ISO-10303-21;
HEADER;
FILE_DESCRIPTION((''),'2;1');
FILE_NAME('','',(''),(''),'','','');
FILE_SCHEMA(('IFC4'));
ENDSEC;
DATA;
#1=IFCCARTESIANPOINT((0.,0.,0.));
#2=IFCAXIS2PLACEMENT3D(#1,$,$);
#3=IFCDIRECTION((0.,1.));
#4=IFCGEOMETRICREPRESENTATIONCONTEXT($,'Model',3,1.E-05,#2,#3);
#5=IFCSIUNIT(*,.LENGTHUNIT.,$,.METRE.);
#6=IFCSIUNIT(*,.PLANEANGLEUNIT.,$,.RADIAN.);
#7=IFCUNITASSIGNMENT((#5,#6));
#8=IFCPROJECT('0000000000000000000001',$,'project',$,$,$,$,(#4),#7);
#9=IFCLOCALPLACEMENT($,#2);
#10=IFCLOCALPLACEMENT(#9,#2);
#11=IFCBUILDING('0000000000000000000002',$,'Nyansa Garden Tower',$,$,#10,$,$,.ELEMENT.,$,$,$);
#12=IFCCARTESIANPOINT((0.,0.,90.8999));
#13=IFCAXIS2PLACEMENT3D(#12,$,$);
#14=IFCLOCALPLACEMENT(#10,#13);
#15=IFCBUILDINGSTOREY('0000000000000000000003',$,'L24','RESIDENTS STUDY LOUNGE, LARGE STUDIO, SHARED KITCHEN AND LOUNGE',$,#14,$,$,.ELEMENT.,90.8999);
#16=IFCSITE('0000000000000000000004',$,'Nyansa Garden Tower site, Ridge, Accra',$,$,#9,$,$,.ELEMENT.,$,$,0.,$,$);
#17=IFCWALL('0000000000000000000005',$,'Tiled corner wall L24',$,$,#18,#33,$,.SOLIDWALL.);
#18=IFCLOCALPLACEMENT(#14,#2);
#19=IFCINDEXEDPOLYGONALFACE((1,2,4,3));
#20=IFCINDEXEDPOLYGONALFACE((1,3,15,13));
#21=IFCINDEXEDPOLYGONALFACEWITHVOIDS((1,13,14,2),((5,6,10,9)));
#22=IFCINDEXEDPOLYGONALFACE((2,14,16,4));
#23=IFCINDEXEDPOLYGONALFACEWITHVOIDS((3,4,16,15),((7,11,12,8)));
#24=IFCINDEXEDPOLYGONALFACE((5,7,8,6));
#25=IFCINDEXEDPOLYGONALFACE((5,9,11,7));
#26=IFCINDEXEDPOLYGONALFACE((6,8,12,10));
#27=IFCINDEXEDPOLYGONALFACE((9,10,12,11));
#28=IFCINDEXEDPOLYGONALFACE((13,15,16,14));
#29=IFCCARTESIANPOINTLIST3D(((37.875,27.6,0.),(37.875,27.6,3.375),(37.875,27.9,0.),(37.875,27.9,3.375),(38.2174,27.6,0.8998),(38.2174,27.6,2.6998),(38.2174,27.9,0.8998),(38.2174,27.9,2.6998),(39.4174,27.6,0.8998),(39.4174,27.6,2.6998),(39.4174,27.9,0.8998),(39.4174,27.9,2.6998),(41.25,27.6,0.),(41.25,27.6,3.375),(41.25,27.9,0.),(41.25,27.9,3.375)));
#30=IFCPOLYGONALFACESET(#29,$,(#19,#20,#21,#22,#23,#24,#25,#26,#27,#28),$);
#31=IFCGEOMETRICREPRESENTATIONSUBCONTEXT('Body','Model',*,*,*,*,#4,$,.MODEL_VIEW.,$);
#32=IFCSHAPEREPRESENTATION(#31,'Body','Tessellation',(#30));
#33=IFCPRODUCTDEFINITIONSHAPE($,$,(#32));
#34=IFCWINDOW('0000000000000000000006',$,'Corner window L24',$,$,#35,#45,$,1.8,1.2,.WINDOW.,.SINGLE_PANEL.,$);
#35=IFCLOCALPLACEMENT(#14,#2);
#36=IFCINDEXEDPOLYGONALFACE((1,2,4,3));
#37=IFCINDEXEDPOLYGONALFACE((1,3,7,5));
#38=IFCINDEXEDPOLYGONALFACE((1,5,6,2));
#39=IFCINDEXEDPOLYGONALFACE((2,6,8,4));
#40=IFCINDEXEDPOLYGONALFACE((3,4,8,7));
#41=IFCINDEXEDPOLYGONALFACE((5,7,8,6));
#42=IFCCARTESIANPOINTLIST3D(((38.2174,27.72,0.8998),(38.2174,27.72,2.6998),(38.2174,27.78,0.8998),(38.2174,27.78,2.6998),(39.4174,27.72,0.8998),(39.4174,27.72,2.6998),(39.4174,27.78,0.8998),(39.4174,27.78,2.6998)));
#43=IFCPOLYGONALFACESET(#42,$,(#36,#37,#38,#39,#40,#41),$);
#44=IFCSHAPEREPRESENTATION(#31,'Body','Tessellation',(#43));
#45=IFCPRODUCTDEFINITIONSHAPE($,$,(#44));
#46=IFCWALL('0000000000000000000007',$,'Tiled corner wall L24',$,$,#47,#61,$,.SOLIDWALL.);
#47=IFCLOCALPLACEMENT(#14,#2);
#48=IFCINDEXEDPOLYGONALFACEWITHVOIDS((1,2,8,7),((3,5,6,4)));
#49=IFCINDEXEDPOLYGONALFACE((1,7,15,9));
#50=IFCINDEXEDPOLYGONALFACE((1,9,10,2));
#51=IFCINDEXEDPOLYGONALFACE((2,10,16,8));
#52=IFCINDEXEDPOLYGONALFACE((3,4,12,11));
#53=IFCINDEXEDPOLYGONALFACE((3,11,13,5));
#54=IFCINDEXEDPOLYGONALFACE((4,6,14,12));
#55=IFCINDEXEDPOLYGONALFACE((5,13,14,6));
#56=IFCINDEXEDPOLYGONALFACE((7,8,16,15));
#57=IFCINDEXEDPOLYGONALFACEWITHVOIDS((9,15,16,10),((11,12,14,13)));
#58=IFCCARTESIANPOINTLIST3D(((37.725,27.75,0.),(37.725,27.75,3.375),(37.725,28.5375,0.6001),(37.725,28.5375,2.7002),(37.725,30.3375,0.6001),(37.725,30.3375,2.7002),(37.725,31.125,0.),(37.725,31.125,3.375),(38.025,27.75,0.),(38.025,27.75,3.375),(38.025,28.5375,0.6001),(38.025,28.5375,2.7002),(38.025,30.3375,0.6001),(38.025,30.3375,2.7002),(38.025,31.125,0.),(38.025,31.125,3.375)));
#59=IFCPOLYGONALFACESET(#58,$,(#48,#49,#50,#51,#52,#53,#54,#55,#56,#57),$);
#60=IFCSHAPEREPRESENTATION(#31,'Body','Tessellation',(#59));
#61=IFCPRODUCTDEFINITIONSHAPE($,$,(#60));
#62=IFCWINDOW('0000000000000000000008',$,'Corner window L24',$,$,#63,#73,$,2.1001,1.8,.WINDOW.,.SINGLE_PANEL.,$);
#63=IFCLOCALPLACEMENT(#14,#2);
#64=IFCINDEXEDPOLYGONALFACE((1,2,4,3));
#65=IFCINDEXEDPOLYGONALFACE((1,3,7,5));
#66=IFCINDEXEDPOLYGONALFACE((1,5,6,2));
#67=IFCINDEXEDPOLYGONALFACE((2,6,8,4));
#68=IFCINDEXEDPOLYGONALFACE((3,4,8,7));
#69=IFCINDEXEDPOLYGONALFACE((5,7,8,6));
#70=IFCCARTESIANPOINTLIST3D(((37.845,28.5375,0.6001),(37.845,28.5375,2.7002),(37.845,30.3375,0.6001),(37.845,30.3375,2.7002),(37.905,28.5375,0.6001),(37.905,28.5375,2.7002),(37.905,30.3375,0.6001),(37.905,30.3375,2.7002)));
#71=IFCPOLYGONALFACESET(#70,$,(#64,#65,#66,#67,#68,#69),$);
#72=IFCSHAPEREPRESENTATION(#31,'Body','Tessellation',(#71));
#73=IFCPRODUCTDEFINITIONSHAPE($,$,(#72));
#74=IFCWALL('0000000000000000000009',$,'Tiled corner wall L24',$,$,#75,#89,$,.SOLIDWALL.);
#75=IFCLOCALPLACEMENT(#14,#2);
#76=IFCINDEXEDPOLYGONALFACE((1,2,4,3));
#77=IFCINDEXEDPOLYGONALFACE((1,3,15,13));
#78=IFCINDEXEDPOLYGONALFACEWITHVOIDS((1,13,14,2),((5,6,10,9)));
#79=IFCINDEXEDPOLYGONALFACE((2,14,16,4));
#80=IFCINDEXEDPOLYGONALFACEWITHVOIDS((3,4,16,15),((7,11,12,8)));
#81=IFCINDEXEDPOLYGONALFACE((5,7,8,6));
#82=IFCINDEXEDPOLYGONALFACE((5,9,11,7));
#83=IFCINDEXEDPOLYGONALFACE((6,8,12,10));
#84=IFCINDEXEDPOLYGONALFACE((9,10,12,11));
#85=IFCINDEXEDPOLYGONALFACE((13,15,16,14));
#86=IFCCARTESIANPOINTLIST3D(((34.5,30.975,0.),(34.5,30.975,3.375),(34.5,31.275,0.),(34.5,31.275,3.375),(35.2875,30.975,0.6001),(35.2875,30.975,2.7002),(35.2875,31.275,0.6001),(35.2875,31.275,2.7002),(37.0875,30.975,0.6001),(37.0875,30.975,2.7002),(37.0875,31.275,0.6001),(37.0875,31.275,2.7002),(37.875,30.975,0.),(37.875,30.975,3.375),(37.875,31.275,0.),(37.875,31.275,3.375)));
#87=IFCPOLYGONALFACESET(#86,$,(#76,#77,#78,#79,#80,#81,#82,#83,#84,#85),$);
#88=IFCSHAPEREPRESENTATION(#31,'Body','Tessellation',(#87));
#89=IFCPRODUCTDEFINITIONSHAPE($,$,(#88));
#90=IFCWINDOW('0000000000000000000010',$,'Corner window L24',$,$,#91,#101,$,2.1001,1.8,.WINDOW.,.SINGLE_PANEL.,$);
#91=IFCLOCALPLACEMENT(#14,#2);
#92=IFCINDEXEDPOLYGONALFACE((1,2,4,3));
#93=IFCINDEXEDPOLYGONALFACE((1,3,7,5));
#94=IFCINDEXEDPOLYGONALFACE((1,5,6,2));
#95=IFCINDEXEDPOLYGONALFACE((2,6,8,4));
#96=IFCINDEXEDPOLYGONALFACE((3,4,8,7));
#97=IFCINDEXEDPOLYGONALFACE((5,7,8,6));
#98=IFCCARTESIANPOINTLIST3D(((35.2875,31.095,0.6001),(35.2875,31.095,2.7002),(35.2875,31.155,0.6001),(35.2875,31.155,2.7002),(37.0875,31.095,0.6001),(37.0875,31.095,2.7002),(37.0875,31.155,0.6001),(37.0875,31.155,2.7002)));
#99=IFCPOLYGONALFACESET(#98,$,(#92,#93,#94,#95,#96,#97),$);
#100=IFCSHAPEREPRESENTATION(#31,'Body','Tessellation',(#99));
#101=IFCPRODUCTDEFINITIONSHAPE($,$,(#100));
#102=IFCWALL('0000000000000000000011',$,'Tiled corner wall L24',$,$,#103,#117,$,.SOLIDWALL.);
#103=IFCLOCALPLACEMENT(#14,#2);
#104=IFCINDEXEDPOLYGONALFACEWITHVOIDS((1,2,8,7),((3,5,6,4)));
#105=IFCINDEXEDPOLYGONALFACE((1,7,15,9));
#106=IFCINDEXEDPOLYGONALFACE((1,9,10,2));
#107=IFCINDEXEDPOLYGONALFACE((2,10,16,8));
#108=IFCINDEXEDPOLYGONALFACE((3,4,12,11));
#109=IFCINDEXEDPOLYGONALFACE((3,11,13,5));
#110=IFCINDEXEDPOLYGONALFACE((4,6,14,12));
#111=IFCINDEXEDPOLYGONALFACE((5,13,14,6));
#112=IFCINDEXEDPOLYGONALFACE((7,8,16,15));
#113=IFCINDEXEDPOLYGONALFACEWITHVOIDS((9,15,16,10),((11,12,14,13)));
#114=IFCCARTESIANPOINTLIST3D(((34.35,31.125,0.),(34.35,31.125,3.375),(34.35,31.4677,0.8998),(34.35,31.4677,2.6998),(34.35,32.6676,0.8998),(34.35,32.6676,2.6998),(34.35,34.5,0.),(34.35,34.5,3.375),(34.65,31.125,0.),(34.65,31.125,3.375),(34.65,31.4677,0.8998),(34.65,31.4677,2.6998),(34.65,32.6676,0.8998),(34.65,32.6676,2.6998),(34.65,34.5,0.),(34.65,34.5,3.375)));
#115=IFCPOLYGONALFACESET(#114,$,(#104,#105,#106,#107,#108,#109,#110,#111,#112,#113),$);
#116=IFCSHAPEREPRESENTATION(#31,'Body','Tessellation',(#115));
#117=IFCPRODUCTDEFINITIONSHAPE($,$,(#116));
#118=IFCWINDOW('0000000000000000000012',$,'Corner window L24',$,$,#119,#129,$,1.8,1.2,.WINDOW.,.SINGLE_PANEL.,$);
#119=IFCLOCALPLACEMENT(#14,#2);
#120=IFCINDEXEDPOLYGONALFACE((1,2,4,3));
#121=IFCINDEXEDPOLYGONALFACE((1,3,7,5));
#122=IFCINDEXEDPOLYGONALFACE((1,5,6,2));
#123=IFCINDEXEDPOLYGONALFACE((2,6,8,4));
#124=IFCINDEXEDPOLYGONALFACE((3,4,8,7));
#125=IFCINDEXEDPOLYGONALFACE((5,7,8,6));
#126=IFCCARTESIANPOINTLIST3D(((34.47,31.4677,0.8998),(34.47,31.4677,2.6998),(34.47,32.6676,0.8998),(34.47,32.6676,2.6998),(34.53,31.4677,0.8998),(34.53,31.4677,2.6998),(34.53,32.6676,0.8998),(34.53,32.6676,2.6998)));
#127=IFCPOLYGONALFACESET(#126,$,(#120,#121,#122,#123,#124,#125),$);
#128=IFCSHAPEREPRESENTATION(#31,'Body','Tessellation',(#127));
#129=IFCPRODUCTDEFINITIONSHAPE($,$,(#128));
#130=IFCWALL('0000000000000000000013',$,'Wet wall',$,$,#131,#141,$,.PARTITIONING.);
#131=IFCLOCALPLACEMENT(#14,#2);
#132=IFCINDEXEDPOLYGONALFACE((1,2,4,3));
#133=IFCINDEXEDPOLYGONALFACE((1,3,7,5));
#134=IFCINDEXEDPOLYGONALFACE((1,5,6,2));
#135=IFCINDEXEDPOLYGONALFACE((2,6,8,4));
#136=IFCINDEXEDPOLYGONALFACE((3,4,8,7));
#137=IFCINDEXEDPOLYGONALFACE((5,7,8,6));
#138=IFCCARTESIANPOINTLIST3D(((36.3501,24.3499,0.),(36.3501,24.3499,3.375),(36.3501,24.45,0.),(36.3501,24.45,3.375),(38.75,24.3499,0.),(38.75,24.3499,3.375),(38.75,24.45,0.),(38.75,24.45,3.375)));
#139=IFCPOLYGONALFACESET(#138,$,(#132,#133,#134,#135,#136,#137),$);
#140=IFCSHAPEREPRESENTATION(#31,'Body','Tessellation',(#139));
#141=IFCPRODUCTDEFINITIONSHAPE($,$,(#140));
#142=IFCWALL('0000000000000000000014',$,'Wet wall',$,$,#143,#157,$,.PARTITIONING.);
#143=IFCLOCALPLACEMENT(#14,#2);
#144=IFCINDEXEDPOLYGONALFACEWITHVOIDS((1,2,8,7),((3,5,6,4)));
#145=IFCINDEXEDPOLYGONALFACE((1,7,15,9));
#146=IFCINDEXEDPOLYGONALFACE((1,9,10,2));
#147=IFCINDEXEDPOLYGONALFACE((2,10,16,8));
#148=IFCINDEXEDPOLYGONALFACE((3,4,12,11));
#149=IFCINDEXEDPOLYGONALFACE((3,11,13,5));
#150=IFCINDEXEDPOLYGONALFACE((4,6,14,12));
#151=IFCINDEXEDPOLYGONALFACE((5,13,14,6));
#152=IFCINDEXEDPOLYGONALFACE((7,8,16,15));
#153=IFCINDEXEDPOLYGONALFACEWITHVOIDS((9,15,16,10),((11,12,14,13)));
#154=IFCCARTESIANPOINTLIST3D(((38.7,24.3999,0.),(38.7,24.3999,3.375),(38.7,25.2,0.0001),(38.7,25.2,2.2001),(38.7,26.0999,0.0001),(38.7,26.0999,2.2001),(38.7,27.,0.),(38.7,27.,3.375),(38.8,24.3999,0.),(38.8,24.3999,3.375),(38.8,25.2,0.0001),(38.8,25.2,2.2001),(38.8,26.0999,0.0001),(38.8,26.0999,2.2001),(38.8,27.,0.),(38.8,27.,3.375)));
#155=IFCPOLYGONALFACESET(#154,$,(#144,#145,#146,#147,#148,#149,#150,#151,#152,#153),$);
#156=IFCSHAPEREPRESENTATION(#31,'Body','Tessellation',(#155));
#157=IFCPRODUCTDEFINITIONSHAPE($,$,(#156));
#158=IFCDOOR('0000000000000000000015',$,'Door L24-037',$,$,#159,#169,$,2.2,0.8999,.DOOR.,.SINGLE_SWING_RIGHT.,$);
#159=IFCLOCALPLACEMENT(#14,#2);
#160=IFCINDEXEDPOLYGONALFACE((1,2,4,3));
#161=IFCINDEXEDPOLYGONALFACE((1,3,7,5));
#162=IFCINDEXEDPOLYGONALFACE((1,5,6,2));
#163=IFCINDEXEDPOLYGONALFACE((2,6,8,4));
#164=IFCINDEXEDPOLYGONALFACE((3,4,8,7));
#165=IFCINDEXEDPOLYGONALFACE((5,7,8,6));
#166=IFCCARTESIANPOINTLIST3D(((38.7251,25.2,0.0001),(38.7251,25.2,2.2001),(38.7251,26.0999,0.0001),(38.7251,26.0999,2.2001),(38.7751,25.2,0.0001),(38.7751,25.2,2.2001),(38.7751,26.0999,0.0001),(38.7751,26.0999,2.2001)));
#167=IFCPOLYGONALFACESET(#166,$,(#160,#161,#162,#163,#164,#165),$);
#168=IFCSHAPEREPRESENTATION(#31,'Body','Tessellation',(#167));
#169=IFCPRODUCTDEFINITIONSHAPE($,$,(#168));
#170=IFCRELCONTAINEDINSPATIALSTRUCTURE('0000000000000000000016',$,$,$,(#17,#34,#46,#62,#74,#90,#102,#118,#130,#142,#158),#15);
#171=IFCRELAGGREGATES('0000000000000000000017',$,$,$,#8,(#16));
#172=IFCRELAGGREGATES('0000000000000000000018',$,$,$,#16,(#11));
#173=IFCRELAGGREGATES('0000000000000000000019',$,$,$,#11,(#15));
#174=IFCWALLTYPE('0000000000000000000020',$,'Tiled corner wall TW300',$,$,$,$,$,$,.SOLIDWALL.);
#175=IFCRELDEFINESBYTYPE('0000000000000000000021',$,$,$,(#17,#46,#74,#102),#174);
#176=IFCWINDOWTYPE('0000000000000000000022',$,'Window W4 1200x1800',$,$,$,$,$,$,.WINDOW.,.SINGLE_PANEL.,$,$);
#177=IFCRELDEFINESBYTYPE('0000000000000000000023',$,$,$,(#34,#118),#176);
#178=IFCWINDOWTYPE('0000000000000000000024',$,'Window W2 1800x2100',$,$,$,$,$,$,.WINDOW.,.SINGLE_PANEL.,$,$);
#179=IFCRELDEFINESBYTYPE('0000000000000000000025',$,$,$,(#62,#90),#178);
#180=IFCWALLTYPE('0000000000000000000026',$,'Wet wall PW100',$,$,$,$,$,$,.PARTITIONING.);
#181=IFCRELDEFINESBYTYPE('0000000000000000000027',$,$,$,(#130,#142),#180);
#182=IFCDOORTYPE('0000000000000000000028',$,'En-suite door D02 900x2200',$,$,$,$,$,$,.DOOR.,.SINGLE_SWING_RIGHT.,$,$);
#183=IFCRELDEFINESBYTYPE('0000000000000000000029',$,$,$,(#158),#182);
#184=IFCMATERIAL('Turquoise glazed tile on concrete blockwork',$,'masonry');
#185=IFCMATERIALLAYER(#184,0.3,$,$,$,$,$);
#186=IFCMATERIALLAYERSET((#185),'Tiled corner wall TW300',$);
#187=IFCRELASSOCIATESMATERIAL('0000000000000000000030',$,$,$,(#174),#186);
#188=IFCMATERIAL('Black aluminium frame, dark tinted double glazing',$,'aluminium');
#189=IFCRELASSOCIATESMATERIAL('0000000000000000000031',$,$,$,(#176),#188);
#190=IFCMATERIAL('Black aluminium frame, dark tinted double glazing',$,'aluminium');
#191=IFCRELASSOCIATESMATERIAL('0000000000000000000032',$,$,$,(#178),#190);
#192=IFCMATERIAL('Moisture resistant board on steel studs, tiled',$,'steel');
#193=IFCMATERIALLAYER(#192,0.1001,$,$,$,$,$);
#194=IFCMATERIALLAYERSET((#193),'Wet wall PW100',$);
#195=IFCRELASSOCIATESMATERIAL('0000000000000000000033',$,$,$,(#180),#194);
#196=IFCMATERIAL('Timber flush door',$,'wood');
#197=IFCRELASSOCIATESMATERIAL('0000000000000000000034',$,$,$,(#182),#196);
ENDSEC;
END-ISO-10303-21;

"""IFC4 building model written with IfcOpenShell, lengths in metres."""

from ifc_helpers import new_model, si_unit, direction, frame, frame_2d, origin, place, context, subcontext, project, spatial, rectangle, extrude, material, layer, layer_set, type_object, element, fill, save


model = new_model("IFC4")

# Units and contexts
model_context = context("Model", 3, precision=1e-05, world=origin(), true_north=direction((0.0, 1.0)))
body_context = subcontext(model_context, "Body", "Model", "MODEL_VIEW")
ifc_project = project(units=[si_unit("LENGTHUNIT", "METRE"), si_unit("PLANEANGLEUNIT", "RADIAN")], contexts=[model_context])

# Site, building, storey
site_placement = place(None, origin())
site = spatial("IfcSite", under=ifc_project, at=site_placement, Name="Nyansa Garden Tower site, Ridge, Accra", CompositionType="ELEMENT", RefElevation=0.0)
building_placement = place(site_placement, origin())
building = spatial("IfcBuilding", under=site, at=building_placement, Name="Nyansa Garden Tower", CompositionType="ELEMENT")
storey_placement = place(building_placement, frame((0.0, 0.0, 90.8999)))
storey = spatial("IfcBuildingStorey", under=building, at=storey_placement, Name="L24", Description="RESIDENTS STUDY LOUNGE, LARGE STUDIO, SHARED KITCHEN AND LOUNGE", CompositionType="ELEMENT", Elevation=90.8999)

# Walls, openings, windows
ifc_material_1 = material(Name="Turquoise glazed tile on concrete blockwork", Category="masonry")
ifc_layer_1 = layer(ifc_material_1, 0.3)
ifc_layer_set_1 = layer_set([ifc_layer_1], Name="Tiled corner wall TW300")
wall_type_1 = type_object("IfcWallType", Name="Tiled corner wall TW300", PredefinedType="SOLIDWALL", material=ifc_layer_set_1)
wall_1_placement = place(storey_placement, frame((41.25, 27.75, 0.0), z_axis=(0.0, 0.0, 1.0), x_axis=(-1.0, 0.0, 0.0)))
wall_1 = element("IfcWall", 1, at=wall_1_placement, inside=storey, type_object=wall_type_1, Name="Tiled corner wall L24", PredefinedType="SOLIDWALL", context=body_context, shape_type="SweptSolid", body=[
    extrude(rectangle(XDim=3.375, YDim=0.3, at=frame_2d((1.6875, 0.0))), origin(), (0.0, 0.0, 1.0), 3.375),
])
opening_1_placement = place(wall_1_placement, frame((1.8325, 0.0, 0.8999)))
opening_1 = element("IfcOpeningElement", 2, at=opening_1_placement, cuts=wall_1, PredefinedType="OPENING", context=body_context, shape_type="SweptSolid", body=[
    extrude(rectangle(XDim=1.2, YDim=1.8, at=frame_2d((0.6001, 0.8999))), frame((0.0, 0.1599, 0.0), z_axis=(0.0, -1.0, 0.0), x_axis=(1.0, 0.0, 0.0)), (0.0, 0.0, 1.0), 0.3201),
])
ifc_material_2 = material(Name="Black aluminium frame, dark tinted double glazing", Category="aluminium")
window_type_1 = type_object("IfcWindowType", Name="Window W4 1200x1800", PartitioningType="SINGLE_PANEL", PredefinedType="WINDOW", material=ifc_material_2)
window_1_placement = place(opening_1_placement, origin())
window_1 = element("IfcWindow", 3, at=window_1_placement, inside=storey, type_object=window_type_1, Name="Corner window L24", OverallHeight=1.8, OverallWidth=1.2, PartitioningType="SINGLE_PANEL", PredefinedType="WINDOW", context=body_context, shape_type="SweptSolid", body=[
    extrude(rectangle(XDim=1.2, YDim=1.8, at=frame_2d((0.6001, 0.8999))), frame((0.0, 0.03, 0.0), z_axis=(0.0, -1.0, 0.0), x_axis=(1.0, 0.0, 0.0)), (0.0, 0.0, 1.0), 0.0601),
])
fill(opening_1, window_1)
wall_2_placement = place(storey_placement, frame((37.875, 27.75, 0.0), z_axis=(0.0, 0.0, 1.0), x_axis=(0.0, 1.0, 0.0)))
wall_2 = element("IfcWall", 4, at=wall_2_placement, inside=storey, type_object=wall_type_1, Name="Tiled corner wall L24", PredefinedType="SOLIDWALL", context=body_context, shape_type="SweptSolid", body=[
    extrude(rectangle(XDim=3.375, YDim=0.3, at=frame_2d((1.6875, 0.0))), origin(), (0.0, 0.0, 1.0), 3.375),
])
opening_2_placement = place(wall_2_placement, frame((0.7876, 0.0, 0.6001)))
opening_2 = element("IfcOpeningElement", 5, at=opening_2_placement, cuts=wall_2, PredefinedType="OPENING", context=body_context, shape_type="SweptSolid", body=[
    extrude(rectangle(XDim=1.8, YDim=2.1001, at=frame_2d((0.8999, 1.05))), frame((0.0, 0.1599, 0.0), z_axis=(0.0, -1.0, 0.0), x_axis=(1.0, 0.0, 0.0)), (0.0, 0.0, 1.0), 0.3201),
])
ifc_material_3 = material(Name="Black aluminium frame, dark tinted double glazing", Category="aluminium")
window_type_2 = type_object("IfcWindowType", Name="Window W2 1800x2100", PartitioningType="SINGLE_PANEL", PredefinedType="WINDOW", material=ifc_material_3)
window_2_placement = place(opening_2_placement, origin())
window_2 = element("IfcWindow", 6, at=window_2_placement, inside=storey, type_object=window_type_2, Name="Corner window L24", OverallHeight=2.1001, OverallWidth=1.8, PartitioningType="SINGLE_PANEL", PredefinedType="WINDOW", context=body_context, shape_type="SweptSolid", body=[
    extrude(rectangle(XDim=1.8, YDim=2.1001, at=frame_2d((0.8999, 1.05))), frame((0.0, 0.03, 0.0), z_axis=(0.0, -1.0, 0.0), x_axis=(1.0, 0.0, 0.0)), (0.0, 0.0, 1.0), 0.0601),
])
fill(opening_2, window_2)
wall_3_placement = place(storey_placement, frame((37.875, 31.125, 0.0), z_axis=(0.0, 0.0, 1.0), x_axis=(-1.0, 0.0, 0.0)))
wall_3 = element("IfcWall", 7, at=wall_3_placement, inside=storey, type_object=wall_type_1, Name="Tiled corner wall L24", PredefinedType="SOLIDWALL", context=body_context, shape_type="SweptSolid", body=[
    extrude(rectangle(XDim=3.375, YDim=0.3, at=frame_2d((1.6875, 0.0))), origin(), (0.0, 0.0, 1.0), 3.375),
])
opening_3_placement = place(wall_3_placement, frame((0.7876, 0.0, 0.6001)))
opening_3 = element("IfcOpeningElement", 8, at=opening_3_placement, cuts=wall_3, PredefinedType="OPENING", context=body_context, shape_type="SweptSolid", body=[
    extrude(rectangle(XDim=1.8, YDim=2.1001, at=frame_2d((0.8999, 1.05))), frame((0.0, 0.1599, 0.0), z_axis=(0.0, -1.0, 0.0), x_axis=(1.0, 0.0, 0.0)), (0.0, 0.0, 1.0), 0.3201),
])
window_3_placement = place(opening_3_placement, origin())
window_3 = element("IfcWindow", 9, at=window_3_placement, inside=storey, type_object=window_type_2, Name="Corner window L24", OverallHeight=2.1001, OverallWidth=1.8, PartitioningType="SINGLE_PANEL", PredefinedType="WINDOW", context=body_context, shape_type="SweptSolid", body=[
    extrude(rectangle(XDim=1.8, YDim=2.1001, at=frame_2d((0.8999, 1.05))), frame((0.0, 0.03, 0.0), z_axis=(0.0, -1.0, 0.0), x_axis=(1.0, 0.0, 0.0)), (0.0, 0.0, 1.0), 0.0601),
])
fill(opening_3, window_3)
wall_4_placement = place(storey_placement, frame((34.5, 31.125, 0.0), z_axis=(0.0, 0.0, 1.0), x_axis=(0.0, 1.0, 0.0)))
wall_4 = element("IfcWall", 10, at=wall_4_placement, inside=storey, type_object=wall_type_1, Name="Tiled corner wall L24", PredefinedType="SOLIDWALL", context=body_context, shape_type="SweptSolid", body=[
    extrude(rectangle(XDim=3.375, YDim=0.3, at=frame_2d((1.6875, 0.0))), origin(), (0.0, 0.0, 1.0), 3.375),
])
opening_4_placement = place(wall_4_placement, frame((0.3425, 0.0, 0.8999)))
opening_4 = element("IfcOpeningElement", 11, at=opening_4_placement, cuts=wall_4, PredefinedType="OPENING", context=body_context, shape_type="SweptSolid", body=[
    extrude(rectangle(XDim=1.2, YDim=1.8, at=frame_2d((0.6001, 0.8999))), frame((0.0, 0.1599, 0.0), z_axis=(0.0, -1.0, 0.0), x_axis=(1.0, 0.0, 0.0)), (0.0, 0.0, 1.0), 0.3201),
])
window_4_placement = place(opening_4_placement, origin())
window_4 = element("IfcWindow", 12, at=window_4_placement, inside=storey, type_object=window_type_1, Name="Corner window L24", OverallHeight=1.8, OverallWidth=1.2, PartitioningType="SINGLE_PANEL", PredefinedType="WINDOW", context=body_context, shape_type="SweptSolid", body=[
    extrude(rectangle(XDim=1.2, YDim=1.8, at=frame_2d((0.6001, 0.8999))), frame((0.0, 0.03, 0.0), z_axis=(0.0, -1.0, 0.0), x_axis=(1.0, 0.0, 0.0)), (0.0, 0.0, 1.0), 0.0601),
])
fill(opening_4, window_4)

# Wall
ifc_material_4 = material(Name="Moisture resistant board on steel studs, tiled", Category="steel")
ifc_layer_2 = layer(ifc_material_4, 0.1001)
ifc_layer_set_2 = layer_set([ifc_layer_2], Name="Wet wall PW100")
wall_type_2 = type_object("IfcWallType", Name="Wet wall PW100", PredefinedType="PARTITIONING", material=ifc_layer_set_2)
wall_5_placement = place(storey_placement, frame((36.3501, 24.3999, 0.0), z_axis=(0.0, 0.0, 1.0), x_axis=(1.0, 0.0, 0.0)))
element("IfcWall", 13, at=wall_5_placement, inside=storey, type_object=wall_type_2, Name="Wet wall", PredefinedType="PARTITIONING", context=body_context, shape_type="SweptSolid", body=[
    extrude(rectangle(XDim=2.3999, YDim=0.1001, at=frame_2d((1.2, 0.0))), origin(), (0.0, 0.0, 1.0), 3.375),
])

# Wall, opening, door
wall_6_placement = place(storey_placement, frame((38.75, 24.3999, 0.0), z_axis=(0.0, 0.0, 1.0), x_axis=(0.0, 1.0, 0.0)))
wall_6 = element("IfcWall", 14, at=wall_6_placement, inside=storey, type_object=wall_type_2, Name="Wet wall", PredefinedType="PARTITIONING", context=body_context, shape_type="SweptSolid", body=[
    extrude(rectangle(XDim=2.6001, YDim=0.1001, at=frame_2d((1.3, 0.0))), origin(), (0.0, 0.0, 1.0), 3.375),
])
opening_5_placement = place(wall_6_placement, frame((0.8, 0.0, 0.0)))
opening_5 = element("IfcOpeningElement", 15, at=opening_5_placement, cuts=wall_6, PredefinedType="OPENING", context=body_context, shape_type="SweptSolid", body=[
    extrude(rectangle(XDim=0.8999, YDim=2.2, at=frame_2d((0.45, 1.1001))), frame((0.0, 0.0601, 0.0), z_axis=(0.0, -1.0, 0.0), x_axis=(1.0, 0.0, 0.0)), (0.0, 0.0, 1.0), 0.1201),
])
ifc_material_5 = material(Name="Timber flush door", Category="wood")
door_type = type_object("IfcDoorType", Name="En-suite door D02 900x2200", OperationType="SINGLE_SWING_RIGHT", PredefinedType="DOOR", material=ifc_material_5)
door_placement = place(opening_5_placement, origin())
door = element("IfcDoor", 16, at=door_placement, inside=storey, type_object=door_type, Name="Door L24-037", OperationType="SINGLE_SWING_RIGHT", OverallHeight=2.2, OverallWidth=0.8999, PredefinedType="DOOR", context=body_context, shape_type="SweptSolid", body=[
    extrude(rectangle(XDim=0.8999, YDim=2.2, at=frame_2d((0.45, 1.1001))), frame((0.0, 0.0249, 0.0), z_axis=(0.0, -1.0, 0.0), x_axis=(1.0, 0.0, 0.0)), (0.0, 0.0, 1.0), 0.05),
])
fill(opening_5, door)

save(model, "model.ifc")
